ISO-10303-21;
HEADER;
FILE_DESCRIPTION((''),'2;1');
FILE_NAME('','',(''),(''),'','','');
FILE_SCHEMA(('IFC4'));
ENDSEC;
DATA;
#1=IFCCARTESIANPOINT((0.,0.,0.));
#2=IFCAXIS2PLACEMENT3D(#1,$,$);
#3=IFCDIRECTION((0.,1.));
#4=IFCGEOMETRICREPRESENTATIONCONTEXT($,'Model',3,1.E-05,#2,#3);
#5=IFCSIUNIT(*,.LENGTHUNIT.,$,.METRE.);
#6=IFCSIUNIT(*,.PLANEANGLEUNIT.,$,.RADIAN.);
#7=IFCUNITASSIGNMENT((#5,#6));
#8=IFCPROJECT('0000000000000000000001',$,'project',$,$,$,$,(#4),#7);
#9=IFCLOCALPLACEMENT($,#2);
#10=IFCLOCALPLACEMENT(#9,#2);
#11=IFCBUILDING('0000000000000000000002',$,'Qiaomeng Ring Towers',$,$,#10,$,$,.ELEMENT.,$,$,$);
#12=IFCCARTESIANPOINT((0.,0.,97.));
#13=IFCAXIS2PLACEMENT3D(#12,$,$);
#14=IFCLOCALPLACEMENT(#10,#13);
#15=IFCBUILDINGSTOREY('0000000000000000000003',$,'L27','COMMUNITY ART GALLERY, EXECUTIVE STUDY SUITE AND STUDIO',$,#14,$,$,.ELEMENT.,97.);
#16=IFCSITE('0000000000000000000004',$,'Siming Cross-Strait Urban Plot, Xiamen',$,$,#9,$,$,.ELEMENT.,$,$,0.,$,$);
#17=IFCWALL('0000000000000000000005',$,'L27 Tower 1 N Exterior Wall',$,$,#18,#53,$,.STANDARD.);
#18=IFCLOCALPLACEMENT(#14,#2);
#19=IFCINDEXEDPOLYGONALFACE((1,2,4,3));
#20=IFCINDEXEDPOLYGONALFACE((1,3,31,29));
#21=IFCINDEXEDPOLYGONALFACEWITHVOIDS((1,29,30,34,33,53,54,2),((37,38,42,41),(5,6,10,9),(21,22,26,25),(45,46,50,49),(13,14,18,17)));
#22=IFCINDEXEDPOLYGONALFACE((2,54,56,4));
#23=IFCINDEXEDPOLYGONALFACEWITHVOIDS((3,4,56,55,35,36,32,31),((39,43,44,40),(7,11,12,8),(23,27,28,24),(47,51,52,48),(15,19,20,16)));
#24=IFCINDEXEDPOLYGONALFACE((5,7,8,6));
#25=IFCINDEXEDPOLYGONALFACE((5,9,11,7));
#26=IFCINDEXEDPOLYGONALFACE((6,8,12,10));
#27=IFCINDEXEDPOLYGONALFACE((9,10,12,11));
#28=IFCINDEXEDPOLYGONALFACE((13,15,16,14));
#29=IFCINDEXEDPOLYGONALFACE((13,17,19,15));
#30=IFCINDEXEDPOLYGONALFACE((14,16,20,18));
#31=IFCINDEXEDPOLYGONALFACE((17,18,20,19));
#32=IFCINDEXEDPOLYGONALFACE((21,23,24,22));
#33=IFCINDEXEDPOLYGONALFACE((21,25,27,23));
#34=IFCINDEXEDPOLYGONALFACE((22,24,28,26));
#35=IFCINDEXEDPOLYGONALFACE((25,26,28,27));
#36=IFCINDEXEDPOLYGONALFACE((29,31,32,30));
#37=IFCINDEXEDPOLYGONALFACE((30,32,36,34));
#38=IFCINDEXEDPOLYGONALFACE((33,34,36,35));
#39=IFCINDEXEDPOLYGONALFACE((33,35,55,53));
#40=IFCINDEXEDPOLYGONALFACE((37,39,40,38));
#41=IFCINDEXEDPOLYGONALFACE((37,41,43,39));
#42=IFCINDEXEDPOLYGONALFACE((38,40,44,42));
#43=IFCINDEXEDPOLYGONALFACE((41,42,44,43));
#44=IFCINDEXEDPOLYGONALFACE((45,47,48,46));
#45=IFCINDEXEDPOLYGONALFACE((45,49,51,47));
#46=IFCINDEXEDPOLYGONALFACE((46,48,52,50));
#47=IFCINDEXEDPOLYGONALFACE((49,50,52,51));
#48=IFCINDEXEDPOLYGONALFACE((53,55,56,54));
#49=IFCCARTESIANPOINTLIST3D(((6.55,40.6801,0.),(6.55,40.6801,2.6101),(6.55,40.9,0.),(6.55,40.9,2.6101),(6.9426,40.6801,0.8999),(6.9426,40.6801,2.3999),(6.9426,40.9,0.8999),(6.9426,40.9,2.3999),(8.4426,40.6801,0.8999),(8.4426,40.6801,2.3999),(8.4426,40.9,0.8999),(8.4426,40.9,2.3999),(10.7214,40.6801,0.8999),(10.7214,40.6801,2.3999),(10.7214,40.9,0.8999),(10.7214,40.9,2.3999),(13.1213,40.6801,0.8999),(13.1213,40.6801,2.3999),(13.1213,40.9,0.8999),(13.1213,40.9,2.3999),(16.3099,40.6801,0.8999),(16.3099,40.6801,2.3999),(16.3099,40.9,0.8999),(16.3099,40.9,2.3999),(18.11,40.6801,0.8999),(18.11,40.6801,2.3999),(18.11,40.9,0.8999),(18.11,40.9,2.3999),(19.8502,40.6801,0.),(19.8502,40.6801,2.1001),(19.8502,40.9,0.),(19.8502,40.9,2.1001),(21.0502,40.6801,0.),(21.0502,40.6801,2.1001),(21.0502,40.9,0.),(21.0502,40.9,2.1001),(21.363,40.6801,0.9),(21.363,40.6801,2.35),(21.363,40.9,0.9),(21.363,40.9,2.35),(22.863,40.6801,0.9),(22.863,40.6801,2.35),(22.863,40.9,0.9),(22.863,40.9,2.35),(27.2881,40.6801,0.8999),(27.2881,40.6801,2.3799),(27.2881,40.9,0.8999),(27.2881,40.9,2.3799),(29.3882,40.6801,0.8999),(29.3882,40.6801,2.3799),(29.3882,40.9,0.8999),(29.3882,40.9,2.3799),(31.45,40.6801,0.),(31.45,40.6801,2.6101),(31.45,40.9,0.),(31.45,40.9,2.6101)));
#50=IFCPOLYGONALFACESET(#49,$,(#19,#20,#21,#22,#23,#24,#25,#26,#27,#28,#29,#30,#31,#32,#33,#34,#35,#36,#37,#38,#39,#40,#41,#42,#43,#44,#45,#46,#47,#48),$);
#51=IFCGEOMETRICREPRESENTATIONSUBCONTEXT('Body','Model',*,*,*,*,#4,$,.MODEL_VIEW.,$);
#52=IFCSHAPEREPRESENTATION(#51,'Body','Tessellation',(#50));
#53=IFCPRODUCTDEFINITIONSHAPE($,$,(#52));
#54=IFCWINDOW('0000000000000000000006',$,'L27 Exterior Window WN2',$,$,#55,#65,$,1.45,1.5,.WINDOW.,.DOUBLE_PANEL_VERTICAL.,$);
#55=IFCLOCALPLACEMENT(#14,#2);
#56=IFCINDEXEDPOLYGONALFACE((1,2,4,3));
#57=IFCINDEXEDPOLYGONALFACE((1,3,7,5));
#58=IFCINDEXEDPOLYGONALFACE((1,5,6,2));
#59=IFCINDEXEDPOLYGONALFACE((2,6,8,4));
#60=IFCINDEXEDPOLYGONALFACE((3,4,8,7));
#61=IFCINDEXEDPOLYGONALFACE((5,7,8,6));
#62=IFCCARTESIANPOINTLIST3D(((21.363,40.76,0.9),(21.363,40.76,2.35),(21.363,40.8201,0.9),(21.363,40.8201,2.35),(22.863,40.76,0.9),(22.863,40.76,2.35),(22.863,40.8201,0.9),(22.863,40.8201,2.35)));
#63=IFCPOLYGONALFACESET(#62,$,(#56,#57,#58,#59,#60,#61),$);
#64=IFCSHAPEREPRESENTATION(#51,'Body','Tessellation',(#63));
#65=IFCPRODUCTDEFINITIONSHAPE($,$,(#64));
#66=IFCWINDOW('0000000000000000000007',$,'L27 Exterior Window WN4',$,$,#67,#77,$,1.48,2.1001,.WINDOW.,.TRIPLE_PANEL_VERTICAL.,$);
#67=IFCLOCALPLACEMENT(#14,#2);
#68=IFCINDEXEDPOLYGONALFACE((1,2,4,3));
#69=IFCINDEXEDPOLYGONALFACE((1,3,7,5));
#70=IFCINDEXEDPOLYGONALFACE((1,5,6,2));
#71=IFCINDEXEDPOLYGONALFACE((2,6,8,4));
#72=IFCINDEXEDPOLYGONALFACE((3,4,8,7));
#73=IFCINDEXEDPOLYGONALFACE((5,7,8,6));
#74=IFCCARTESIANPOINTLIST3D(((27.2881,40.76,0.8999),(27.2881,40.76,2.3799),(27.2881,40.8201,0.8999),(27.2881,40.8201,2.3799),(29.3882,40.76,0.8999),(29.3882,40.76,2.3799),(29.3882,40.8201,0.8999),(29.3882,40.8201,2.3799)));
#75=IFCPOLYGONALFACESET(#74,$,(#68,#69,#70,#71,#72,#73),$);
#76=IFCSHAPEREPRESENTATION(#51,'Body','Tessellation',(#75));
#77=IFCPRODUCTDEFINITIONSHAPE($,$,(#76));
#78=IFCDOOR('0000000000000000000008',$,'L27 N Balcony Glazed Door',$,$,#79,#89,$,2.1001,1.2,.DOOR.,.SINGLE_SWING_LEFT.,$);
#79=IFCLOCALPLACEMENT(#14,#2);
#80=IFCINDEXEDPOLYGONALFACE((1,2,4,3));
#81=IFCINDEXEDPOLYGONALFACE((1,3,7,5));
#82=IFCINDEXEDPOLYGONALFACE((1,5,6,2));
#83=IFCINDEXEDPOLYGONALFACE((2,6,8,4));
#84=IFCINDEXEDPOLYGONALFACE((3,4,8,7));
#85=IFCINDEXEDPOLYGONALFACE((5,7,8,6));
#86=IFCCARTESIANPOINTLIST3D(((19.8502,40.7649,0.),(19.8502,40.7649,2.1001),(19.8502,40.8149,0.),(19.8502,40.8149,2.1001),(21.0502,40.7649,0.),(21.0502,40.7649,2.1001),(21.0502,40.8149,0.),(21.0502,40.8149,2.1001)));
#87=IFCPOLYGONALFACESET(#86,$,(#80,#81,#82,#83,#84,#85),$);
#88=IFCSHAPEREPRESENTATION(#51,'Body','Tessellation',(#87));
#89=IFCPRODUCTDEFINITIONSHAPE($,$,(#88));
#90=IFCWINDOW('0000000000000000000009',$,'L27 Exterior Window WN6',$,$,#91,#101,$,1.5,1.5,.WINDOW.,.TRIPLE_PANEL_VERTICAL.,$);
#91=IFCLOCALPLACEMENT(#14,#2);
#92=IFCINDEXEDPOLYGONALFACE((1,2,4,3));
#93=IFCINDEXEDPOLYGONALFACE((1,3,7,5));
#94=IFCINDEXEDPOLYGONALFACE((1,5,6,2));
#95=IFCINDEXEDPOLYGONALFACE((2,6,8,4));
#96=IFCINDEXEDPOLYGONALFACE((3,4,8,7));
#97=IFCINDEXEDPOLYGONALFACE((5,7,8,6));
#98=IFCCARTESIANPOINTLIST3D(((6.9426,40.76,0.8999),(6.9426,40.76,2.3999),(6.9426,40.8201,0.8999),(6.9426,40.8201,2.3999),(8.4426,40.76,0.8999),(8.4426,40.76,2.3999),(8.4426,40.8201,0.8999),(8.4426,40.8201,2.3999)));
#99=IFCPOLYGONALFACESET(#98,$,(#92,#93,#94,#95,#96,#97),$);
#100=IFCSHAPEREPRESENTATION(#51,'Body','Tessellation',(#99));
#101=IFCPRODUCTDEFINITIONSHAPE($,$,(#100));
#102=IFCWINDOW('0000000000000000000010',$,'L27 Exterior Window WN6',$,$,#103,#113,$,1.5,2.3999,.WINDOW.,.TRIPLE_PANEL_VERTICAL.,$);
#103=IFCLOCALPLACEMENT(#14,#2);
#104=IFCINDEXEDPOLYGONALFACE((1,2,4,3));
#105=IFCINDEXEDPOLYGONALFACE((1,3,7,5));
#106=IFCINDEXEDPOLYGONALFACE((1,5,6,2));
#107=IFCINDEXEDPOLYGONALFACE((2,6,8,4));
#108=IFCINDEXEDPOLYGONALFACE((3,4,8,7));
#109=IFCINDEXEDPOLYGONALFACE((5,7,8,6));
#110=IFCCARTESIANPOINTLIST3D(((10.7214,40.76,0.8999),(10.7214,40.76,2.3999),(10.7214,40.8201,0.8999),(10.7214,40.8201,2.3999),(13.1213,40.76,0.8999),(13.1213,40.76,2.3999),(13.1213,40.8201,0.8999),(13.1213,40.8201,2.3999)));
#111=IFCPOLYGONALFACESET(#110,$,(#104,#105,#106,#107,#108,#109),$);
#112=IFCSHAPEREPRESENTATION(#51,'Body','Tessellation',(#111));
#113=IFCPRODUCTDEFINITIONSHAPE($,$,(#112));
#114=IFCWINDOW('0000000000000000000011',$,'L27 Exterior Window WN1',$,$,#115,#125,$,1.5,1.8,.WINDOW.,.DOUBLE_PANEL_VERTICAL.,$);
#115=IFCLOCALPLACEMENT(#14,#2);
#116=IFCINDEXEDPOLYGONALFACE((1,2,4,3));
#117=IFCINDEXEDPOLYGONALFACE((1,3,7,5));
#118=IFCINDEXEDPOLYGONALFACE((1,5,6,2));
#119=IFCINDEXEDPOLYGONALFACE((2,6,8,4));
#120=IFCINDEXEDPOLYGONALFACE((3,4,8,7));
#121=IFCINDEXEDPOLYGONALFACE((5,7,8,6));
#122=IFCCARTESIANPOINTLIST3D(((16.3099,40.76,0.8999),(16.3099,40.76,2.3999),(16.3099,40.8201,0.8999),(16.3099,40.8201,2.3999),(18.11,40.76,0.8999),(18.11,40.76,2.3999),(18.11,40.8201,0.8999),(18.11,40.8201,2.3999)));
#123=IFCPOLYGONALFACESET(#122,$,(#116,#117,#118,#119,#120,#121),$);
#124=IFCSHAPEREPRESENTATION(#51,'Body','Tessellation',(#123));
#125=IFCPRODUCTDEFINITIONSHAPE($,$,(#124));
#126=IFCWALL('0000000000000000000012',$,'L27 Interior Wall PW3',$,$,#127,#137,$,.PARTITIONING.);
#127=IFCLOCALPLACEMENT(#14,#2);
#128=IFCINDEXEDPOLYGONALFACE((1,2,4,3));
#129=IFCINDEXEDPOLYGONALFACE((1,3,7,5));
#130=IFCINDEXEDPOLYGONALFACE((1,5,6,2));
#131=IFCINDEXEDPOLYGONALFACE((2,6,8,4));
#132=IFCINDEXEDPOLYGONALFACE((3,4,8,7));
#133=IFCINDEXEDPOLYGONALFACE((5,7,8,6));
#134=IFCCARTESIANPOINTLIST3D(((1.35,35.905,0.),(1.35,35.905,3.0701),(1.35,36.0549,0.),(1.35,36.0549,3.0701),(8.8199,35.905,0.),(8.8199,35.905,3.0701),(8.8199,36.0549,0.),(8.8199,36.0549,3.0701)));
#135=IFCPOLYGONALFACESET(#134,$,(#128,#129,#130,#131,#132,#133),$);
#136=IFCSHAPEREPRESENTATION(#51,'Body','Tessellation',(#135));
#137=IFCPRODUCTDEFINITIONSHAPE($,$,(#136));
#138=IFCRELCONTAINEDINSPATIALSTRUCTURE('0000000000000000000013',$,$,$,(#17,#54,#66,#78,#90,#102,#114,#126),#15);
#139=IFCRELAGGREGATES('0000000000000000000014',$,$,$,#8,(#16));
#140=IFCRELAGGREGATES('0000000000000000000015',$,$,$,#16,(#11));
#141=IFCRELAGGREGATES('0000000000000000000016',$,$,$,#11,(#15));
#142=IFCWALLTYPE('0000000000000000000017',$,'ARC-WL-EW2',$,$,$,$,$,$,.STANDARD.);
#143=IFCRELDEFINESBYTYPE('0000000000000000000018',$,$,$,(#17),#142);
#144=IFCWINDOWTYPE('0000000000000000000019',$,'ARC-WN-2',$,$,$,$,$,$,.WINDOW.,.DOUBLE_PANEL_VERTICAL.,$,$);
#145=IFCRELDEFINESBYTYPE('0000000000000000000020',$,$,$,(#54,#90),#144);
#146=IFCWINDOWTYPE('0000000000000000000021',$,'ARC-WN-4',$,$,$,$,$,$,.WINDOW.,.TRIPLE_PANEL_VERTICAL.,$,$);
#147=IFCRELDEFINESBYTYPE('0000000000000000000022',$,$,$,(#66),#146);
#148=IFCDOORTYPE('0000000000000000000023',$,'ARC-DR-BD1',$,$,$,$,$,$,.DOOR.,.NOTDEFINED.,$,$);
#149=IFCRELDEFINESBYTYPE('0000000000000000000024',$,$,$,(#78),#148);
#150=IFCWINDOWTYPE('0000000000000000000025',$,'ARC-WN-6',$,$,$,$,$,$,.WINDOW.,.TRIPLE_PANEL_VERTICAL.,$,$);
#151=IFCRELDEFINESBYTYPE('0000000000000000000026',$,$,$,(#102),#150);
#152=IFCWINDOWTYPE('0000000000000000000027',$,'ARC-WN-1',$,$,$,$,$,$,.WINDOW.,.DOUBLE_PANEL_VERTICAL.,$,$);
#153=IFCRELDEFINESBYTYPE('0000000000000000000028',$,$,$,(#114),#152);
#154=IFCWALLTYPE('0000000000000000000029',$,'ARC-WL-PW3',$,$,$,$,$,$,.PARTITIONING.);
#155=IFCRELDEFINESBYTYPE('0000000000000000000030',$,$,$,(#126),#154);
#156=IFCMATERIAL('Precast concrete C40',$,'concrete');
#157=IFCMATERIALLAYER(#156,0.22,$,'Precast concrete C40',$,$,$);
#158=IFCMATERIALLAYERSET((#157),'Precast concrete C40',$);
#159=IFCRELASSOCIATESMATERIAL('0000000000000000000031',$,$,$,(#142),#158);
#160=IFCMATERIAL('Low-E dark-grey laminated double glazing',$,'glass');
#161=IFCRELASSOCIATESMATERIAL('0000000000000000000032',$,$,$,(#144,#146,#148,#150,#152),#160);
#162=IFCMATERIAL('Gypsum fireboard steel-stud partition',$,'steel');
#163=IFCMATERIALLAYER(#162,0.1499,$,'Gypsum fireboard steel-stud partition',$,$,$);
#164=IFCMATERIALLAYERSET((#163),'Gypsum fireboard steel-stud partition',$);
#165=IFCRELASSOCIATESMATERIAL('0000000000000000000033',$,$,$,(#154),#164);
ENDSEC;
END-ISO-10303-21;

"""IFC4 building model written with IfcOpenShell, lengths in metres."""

from ifc_helpers import new_model, si_unit, direction, frame, frame_2d, origin, place, context, subcontext, project, spatial, rectangle, extrude, source, transform, mapped, material, layer, layer_set, type_object, element, fill, save


model = new_model("IFC4")

# Units and contexts
model_context = context("Model", 3, precision=1e-05, world=origin(), true_north=direction((0.0, 1.0)))
body_context = subcontext(model_context, "Body", "Model", "MODEL_VIEW")
ifc_project = project(units=[si_unit("LENGTHUNIT", "METRE"), si_unit("PLANEANGLEUNIT", "RADIAN")], contexts=[model_context])

# Site, building, storey
site_placement = place(None, origin())
site = spatial("IfcSite", under=ifc_project, at=site_placement, Name="Siming Cross-Strait Urban Plot, Xiamen", CompositionType="ELEMENT", RefElevation=0.0)
building_placement = place(site_placement, origin())
building = spatial("IfcBuilding", under=site, at=building_placement, Name="Qiaomeng Ring Towers", CompositionType="ELEMENT")
storey_placement = place(building_placement, frame((0.0, 0.0, 97.0)))
storey = spatial("IfcBuildingStorey", under=building, at=storey_placement, Name="L27", Description="COMMUNITY ART GALLERY, EXECUTIVE STUDY SUITE AND STUDIO", CompositionType="ELEMENT", Elevation=97.0)

# Shared definitions
ifc_material_1 = material(Name="Low-E dark-grey laminated double glazing", Category="glass")

# Wall, openings, windows, door
ifc_material_2 = material(Name="Precast concrete C40", Category="concrete")
ifc_layer_1 = layer(ifc_material_2, 0.22, Name="Precast concrete C40")
ifc_layer_set_1 = layer_set([ifc_layer_1], Name="Precast concrete C40")
wall_type_1 = type_object("IfcWallType", Name="ARC-WL-EW2", PredefinedType="STANDARD", material=ifc_layer_set_1)
wall_1_placement = place(storey_placement, frame((6.55, 40.79, 0.0), z_axis=(0.0, 0.0, 1.0), x_axis=(1.0, 0.0, 0.0)))
wall_1 = element("IfcWall", 1, at=wall_1_placement, inside=storey, type_object=wall_type_1, Name="L27 Tower 1 N Exterior Wall", PredefinedType="STANDARD", context=body_context, shape_type="SweptSolid", body=[
    extrude(rectangle(XDim=24.8999, YDim=0.22, at=frame_2d((12.45, 0.0))), origin(), (0.0, 0.0, 1.0), 2.6101),
])
opening_1_placement = place(wall_1_placement, frame((13.3, 0.0, 0.0)))
opening_1 = element("IfcOpeningElement", 2, at=opening_1_placement, cuts=wall_1, PredefinedType="OPENING", context=body_context, shape_type="SweptSolid", body=[
    extrude(rectangle(XDim=1.2, YDim=2.1001, at=frame_2d((0.6001, 1.05))), frame((0.0, 0.1199, 0.0), z_axis=(0.0, -1.0, 0.0), x_axis=(1.0, 0.0, 0.0)), (0.0, 0.0, 1.0), 0.24),
])
opening_2_placement = place(wall_1_placement, frame((0.3926, 0.0, 0.8999)))
opening_2 = element("IfcOpeningElement", 3, at=opening_2_placement, cuts=wall_1, PredefinedType="OPENING", context=body_context, shape_type="SweptSolid", body=[
    extrude(rectangle(XDim=1.5, YDim=1.5, at=frame_2d((0.75, 0.75))), frame((0.0, 0.1199, 0.0), z_axis=(0.0, -1.0, 0.0), x_axis=(1.0, 0.0, 0.0)), (0.0, 0.0, 1.0), 0.24),
])
opening_3_placement = place(wall_1_placement, frame((9.76, 0.0, 0.8999)))
opening_3 = element("IfcOpeningElement", 4, at=opening_3_placement, cuts=wall_1, PredefinedType="OPENING", context=body_context, shape_type="SweptSolid", body=[
    extrude(rectangle(XDim=1.8, YDim=1.5, at=frame_2d((0.8999, 0.75))), frame((0.0, 0.1199, 0.0), z_axis=(0.0, -1.0, 0.0), x_axis=(1.0, 0.0, 0.0)), (0.0, 0.0, 1.0), 0.24),
])
opening_4_placement = place(wall_1_placement, frame((14.813, 0.0, 0.8999)))
opening_4 = element("IfcOpeningElement", 5, at=opening_4_placement, cuts=wall_1, PredefinedType="OPENING", context=body_context, shape_type="SweptSolid", body=[
    extrude(rectangle(XDim=1.5, YDim=1.45, at=frame_2d((0.75, 0.7251))), frame((0.0, 0.1199, 0.0), z_axis=(0.0, -1.0, 0.0), x_axis=(1.0, 0.0, 0.0)), (0.0, 0.0, 1.0), 0.24),
])
opening_5_placement = place(wall_1_placement, frame((20.738, 0.0, 0.8999)))
opening_5 = element("IfcOpeningElement", 6, at=opening_5_placement, cuts=wall_1, PredefinedType="OPENING", context=body_context, shape_type="SweptSolid", body=[
    extrude(rectangle(XDim=2.1001, YDim=1.48, at=frame_2d((1.05, 0.74))), frame((0.0, 0.1199, 0.0), z_axis=(0.0, -1.0, 0.0), x_axis=(1.0, 0.0, 0.0)), (0.0, 0.0, 1.0), 0.24),
])
opening_6_placement = place(wall_1_placement, frame((4.1714, 0.0, 0.8999)))
opening_6 = element("IfcOpeningElement", 7, at=opening_6_placement, cuts=wall_1, PredefinedType="OPENING", context=body_context, shape_type="SweptSolid", body=[
    extrude(rectangle(XDim=2.3999, YDim=1.5, at=frame_2d((1.2, 0.75))), frame((0.0, 0.1199, 0.0), z_axis=(0.0, -1.0, 0.0), x_axis=(1.0, 0.0, 0.0)), (0.0, 0.0, 1.0), 0.24),
])
window_type_1 = type_object("IfcWindowType", Name="ARC-WN-2", PartitioningType="DOUBLE_PANEL_VERTICAL", PredefinedType="WINDOW", material=ifc_material_1)
shared_shape_1 = source(origin(), body_context, "Body", "SweptSolid", [
    extrude(rectangle(XDim=1.5, YDim=1.45, at=frame_2d((0.75, 0.7251))), frame((0.0, 0.03, 0.0), z_axis=(0.0, -1.0, 0.0), x_axis=(1.0, 0.0, 0.0)), (0.0, 0.0, 1.0), 0.0601),
])
window_1_placement = place(opening_4_placement, origin())
window_1 = element("IfcWindow", 8, at=window_1_placement, inside=storey, type_object=window_type_1, Name="L27 Exterior Window WN2", OverallHeight=1.45, OverallWidth=1.5, PartitioningType="DOUBLE_PANEL_VERTICAL", PredefinedType="WINDOW", context=body_context, shape_type="MappedRepresentation", body=[
    mapped(shared_shape_1, transform((0.0, 0.0, 0.0), x_axis=(1.0, 0.0, 0.0), y_axis=(0.0, 1.0, 0.0), z_axis=(0.0, 0.0, 1.0), scale=1.0)),
])
fill(opening_4, window_1)
window_type_2 = type_object("IfcWindowType", Name="ARC-WN-4", PartitioningType="TRIPLE_PANEL_VERTICAL", PredefinedType="WINDOW", material=ifc_material_1)
shared_shape_2 = source(origin(), body_context, "Body", "SweptSolid", [
    extrude(rectangle(XDim=2.1001, YDim=1.48, at=frame_2d((1.05, 0.74))), frame((0.0, 0.03, 0.0), z_axis=(0.0, -1.0, 0.0), x_axis=(1.0, 0.0, 0.0)), (0.0, 0.0, 1.0), 0.0601),
])
window_2_placement = place(opening_5_placement, origin())
window_2 = element("IfcWindow", 9, at=window_2_placement, inside=storey, type_object=window_type_2, Name="L27 Exterior Window WN4", OverallHeight=1.48, OverallWidth=2.1001, PartitioningType="TRIPLE_PANEL_VERTICAL", PredefinedType="WINDOW", context=body_context, shape_type="MappedRepresentation", body=[
    mapped(shared_shape_2, transform((0.0, 0.0, 0.0), x_axis=(1.0, 0.0, 0.0), y_axis=(0.0, 1.0, 0.0), z_axis=(0.0, 0.0, 1.0), scale=1.0)),
])
fill(opening_5, window_2)
door_type = type_object("IfcDoorType", Name="ARC-DR-BD1", OperationType="NOTDEFINED", PredefinedType="DOOR", material=ifc_material_1)
shared_shape_3 = source(origin(), body_context, "Body", "SweptSolid", [
    extrude(rectangle(XDim=1.2, YDim=2.1001, at=frame_2d((0.6001, 1.05))), frame((0.0, 0.0249, 0.0), z_axis=(0.0, -1.0, 0.0), x_axis=(1.0, 0.0, 0.0)), (0.0, 0.0, 1.0), 0.05),
])
door_placement = place(opening_1_placement, origin())
door = element("IfcDoor", 10, at=door_placement, inside=storey, type_object=door_type, Name="L27 N Balcony Glazed Door", OperationType="SINGLE_SWING_LEFT", OverallHeight=2.1001, OverallWidth=1.2, PredefinedType="DOOR", context=body_context, shape_type="MappedRepresentation", body=[
    mapped(shared_shape_3, transform((0.0, 0.0, 0.0), x_axis=(1.0, 0.0, 0.0), y_axis=(0.0, 1.0, 0.0), z_axis=(0.0, 0.0, 1.0), scale=1.0)),
])
fill(opening_1, door)
shared_shape_4 = source(origin(), body_context, "Body", "SweptSolid", [
    extrude(rectangle(XDim=1.5, YDim=1.5, at=frame_2d((0.75, 0.75))), frame((0.0, 0.03, 0.0), z_axis=(0.0, -1.0, 0.0), x_axis=(1.0, 0.0, 0.0)), (0.0, 0.0, 1.0), 0.0601),
])
window_3_placement = place(opening_2_placement, origin())
window_3 = element("IfcWindow", 11, at=window_3_placement, inside=storey, type_object=window_type_1, Name="L27 Exterior Window WN6", OverallHeight=1.5, OverallWidth=1.5, PartitioningType="TRIPLE_PANEL_VERTICAL", PredefinedType="WINDOW", context=body_context, shape_type="MappedRepresentation", body=[
    mapped(shared_shape_4, transform((0.0, 0.0, 0.0), x_axis=(1.0, 0.0, 0.0), y_axis=(0.0, 1.0, 0.0), z_axis=(0.0, 0.0, 1.0), scale=1.0)),
])
fill(opening_2, window_3)
window_type_3 = type_object("IfcWindowType", Name="ARC-WN-6", PartitioningType="TRIPLE_PANEL_VERTICAL", PredefinedType="WINDOW", material=ifc_material_1)
shared_shape_5 = source(origin(), body_context, "Body", "SweptSolid", [
    extrude(rectangle(XDim=2.3999, YDim=1.5, at=frame_2d((1.2, 0.75))), frame((0.0, 0.03, 0.0), z_axis=(0.0, -1.0, 0.0), x_axis=(1.0, 0.0, 0.0)), (0.0, 0.0, 1.0), 0.0601),
])
window_4_placement = place(opening_6_placement, origin())
window_4 = element("IfcWindow", 12, at=window_4_placement, inside=storey, type_object=window_type_3, Name="L27 Exterior Window WN6", OverallHeight=1.5, OverallWidth=2.3999, PartitioningType="TRIPLE_PANEL_VERTICAL", PredefinedType="WINDOW", context=body_context, shape_type="MappedRepresentation", body=[
    mapped(shared_shape_5, transform((0.0, 0.0, 0.0), x_axis=(1.0, 0.0, 0.0), y_axis=(0.0, 1.0, 0.0), z_axis=(0.0, 0.0, 1.0), scale=1.0)),
])
fill(opening_6, window_4)
window_type_4 = type_object("IfcWindowType", Name="ARC-WN-1", PartitioningType="DOUBLE_PANEL_VERTICAL", PredefinedType="WINDOW", material=ifc_material_1)
shared_shape_6 = source(origin(), body_context, "Body", "SweptSolid", [
    extrude(rectangle(XDim=1.8, YDim=1.5, at=frame_2d((0.8999, 0.75))), frame((0.0, 0.03, 0.0), z_axis=(0.0, -1.0, 0.0), x_axis=(1.0, 0.0, 0.0)), (0.0, 0.0, 1.0), 0.0601),
])
window_5_placement = place(opening_3_placement, origin())
window_5 = element("IfcWindow", 13, at=window_5_placement, inside=storey, type_object=window_type_4, Name="L27 Exterior Window WN1", OverallHeight=1.5, OverallWidth=1.8, PartitioningType="DOUBLE_PANEL_VERTICAL", PredefinedType="WINDOW", context=body_context, shape_type="MappedRepresentation", body=[
    mapped(shared_shape_6, transform((0.0, 0.0, 0.0), x_axis=(1.0, 0.0, 0.0), y_axis=(0.0, 1.0, 0.0), z_axis=(0.0, 0.0, 1.0), scale=1.0)),
])
fill(opening_3, window_5)

# Wall
ifc_material_3 = material(Name="Gypsum fireboard steel-stud partition", Category="steel")
ifc_layer_2 = layer(ifc_material_3, 0.1499, Name="Gypsum fireboard steel-stud partition")
ifc_layer_set_2 = layer_set([ifc_layer_2], Name="Gypsum fireboard steel-stud partition")
wall_type_2 = type_object("IfcWallType", Name="ARC-WL-PW3", PredefinedType="PARTITIONING", material=ifc_layer_set_2)
wall_2_placement = place(storey_placement, frame((1.3501, 35.98, 0.0), z_axis=(0.0, 0.0, 1.0), x_axis=(1.0, 0.0, 0.0)))
element("IfcWall", 14, at=wall_2_placement, inside=storey, type_object=wall_type_2, Name="L27 Interior Wall PW3", PredefinedType="PARTITIONING", context=body_context, shape_type="SweptSolid", body=[
    extrude(rectangle(XDim=7.47, YDim=0.1499, at=frame_2d((3.7349, 0.0))), origin(), (0.0, 0.0, 1.0), 3.0701),
])

save(model, "model.ifc")
